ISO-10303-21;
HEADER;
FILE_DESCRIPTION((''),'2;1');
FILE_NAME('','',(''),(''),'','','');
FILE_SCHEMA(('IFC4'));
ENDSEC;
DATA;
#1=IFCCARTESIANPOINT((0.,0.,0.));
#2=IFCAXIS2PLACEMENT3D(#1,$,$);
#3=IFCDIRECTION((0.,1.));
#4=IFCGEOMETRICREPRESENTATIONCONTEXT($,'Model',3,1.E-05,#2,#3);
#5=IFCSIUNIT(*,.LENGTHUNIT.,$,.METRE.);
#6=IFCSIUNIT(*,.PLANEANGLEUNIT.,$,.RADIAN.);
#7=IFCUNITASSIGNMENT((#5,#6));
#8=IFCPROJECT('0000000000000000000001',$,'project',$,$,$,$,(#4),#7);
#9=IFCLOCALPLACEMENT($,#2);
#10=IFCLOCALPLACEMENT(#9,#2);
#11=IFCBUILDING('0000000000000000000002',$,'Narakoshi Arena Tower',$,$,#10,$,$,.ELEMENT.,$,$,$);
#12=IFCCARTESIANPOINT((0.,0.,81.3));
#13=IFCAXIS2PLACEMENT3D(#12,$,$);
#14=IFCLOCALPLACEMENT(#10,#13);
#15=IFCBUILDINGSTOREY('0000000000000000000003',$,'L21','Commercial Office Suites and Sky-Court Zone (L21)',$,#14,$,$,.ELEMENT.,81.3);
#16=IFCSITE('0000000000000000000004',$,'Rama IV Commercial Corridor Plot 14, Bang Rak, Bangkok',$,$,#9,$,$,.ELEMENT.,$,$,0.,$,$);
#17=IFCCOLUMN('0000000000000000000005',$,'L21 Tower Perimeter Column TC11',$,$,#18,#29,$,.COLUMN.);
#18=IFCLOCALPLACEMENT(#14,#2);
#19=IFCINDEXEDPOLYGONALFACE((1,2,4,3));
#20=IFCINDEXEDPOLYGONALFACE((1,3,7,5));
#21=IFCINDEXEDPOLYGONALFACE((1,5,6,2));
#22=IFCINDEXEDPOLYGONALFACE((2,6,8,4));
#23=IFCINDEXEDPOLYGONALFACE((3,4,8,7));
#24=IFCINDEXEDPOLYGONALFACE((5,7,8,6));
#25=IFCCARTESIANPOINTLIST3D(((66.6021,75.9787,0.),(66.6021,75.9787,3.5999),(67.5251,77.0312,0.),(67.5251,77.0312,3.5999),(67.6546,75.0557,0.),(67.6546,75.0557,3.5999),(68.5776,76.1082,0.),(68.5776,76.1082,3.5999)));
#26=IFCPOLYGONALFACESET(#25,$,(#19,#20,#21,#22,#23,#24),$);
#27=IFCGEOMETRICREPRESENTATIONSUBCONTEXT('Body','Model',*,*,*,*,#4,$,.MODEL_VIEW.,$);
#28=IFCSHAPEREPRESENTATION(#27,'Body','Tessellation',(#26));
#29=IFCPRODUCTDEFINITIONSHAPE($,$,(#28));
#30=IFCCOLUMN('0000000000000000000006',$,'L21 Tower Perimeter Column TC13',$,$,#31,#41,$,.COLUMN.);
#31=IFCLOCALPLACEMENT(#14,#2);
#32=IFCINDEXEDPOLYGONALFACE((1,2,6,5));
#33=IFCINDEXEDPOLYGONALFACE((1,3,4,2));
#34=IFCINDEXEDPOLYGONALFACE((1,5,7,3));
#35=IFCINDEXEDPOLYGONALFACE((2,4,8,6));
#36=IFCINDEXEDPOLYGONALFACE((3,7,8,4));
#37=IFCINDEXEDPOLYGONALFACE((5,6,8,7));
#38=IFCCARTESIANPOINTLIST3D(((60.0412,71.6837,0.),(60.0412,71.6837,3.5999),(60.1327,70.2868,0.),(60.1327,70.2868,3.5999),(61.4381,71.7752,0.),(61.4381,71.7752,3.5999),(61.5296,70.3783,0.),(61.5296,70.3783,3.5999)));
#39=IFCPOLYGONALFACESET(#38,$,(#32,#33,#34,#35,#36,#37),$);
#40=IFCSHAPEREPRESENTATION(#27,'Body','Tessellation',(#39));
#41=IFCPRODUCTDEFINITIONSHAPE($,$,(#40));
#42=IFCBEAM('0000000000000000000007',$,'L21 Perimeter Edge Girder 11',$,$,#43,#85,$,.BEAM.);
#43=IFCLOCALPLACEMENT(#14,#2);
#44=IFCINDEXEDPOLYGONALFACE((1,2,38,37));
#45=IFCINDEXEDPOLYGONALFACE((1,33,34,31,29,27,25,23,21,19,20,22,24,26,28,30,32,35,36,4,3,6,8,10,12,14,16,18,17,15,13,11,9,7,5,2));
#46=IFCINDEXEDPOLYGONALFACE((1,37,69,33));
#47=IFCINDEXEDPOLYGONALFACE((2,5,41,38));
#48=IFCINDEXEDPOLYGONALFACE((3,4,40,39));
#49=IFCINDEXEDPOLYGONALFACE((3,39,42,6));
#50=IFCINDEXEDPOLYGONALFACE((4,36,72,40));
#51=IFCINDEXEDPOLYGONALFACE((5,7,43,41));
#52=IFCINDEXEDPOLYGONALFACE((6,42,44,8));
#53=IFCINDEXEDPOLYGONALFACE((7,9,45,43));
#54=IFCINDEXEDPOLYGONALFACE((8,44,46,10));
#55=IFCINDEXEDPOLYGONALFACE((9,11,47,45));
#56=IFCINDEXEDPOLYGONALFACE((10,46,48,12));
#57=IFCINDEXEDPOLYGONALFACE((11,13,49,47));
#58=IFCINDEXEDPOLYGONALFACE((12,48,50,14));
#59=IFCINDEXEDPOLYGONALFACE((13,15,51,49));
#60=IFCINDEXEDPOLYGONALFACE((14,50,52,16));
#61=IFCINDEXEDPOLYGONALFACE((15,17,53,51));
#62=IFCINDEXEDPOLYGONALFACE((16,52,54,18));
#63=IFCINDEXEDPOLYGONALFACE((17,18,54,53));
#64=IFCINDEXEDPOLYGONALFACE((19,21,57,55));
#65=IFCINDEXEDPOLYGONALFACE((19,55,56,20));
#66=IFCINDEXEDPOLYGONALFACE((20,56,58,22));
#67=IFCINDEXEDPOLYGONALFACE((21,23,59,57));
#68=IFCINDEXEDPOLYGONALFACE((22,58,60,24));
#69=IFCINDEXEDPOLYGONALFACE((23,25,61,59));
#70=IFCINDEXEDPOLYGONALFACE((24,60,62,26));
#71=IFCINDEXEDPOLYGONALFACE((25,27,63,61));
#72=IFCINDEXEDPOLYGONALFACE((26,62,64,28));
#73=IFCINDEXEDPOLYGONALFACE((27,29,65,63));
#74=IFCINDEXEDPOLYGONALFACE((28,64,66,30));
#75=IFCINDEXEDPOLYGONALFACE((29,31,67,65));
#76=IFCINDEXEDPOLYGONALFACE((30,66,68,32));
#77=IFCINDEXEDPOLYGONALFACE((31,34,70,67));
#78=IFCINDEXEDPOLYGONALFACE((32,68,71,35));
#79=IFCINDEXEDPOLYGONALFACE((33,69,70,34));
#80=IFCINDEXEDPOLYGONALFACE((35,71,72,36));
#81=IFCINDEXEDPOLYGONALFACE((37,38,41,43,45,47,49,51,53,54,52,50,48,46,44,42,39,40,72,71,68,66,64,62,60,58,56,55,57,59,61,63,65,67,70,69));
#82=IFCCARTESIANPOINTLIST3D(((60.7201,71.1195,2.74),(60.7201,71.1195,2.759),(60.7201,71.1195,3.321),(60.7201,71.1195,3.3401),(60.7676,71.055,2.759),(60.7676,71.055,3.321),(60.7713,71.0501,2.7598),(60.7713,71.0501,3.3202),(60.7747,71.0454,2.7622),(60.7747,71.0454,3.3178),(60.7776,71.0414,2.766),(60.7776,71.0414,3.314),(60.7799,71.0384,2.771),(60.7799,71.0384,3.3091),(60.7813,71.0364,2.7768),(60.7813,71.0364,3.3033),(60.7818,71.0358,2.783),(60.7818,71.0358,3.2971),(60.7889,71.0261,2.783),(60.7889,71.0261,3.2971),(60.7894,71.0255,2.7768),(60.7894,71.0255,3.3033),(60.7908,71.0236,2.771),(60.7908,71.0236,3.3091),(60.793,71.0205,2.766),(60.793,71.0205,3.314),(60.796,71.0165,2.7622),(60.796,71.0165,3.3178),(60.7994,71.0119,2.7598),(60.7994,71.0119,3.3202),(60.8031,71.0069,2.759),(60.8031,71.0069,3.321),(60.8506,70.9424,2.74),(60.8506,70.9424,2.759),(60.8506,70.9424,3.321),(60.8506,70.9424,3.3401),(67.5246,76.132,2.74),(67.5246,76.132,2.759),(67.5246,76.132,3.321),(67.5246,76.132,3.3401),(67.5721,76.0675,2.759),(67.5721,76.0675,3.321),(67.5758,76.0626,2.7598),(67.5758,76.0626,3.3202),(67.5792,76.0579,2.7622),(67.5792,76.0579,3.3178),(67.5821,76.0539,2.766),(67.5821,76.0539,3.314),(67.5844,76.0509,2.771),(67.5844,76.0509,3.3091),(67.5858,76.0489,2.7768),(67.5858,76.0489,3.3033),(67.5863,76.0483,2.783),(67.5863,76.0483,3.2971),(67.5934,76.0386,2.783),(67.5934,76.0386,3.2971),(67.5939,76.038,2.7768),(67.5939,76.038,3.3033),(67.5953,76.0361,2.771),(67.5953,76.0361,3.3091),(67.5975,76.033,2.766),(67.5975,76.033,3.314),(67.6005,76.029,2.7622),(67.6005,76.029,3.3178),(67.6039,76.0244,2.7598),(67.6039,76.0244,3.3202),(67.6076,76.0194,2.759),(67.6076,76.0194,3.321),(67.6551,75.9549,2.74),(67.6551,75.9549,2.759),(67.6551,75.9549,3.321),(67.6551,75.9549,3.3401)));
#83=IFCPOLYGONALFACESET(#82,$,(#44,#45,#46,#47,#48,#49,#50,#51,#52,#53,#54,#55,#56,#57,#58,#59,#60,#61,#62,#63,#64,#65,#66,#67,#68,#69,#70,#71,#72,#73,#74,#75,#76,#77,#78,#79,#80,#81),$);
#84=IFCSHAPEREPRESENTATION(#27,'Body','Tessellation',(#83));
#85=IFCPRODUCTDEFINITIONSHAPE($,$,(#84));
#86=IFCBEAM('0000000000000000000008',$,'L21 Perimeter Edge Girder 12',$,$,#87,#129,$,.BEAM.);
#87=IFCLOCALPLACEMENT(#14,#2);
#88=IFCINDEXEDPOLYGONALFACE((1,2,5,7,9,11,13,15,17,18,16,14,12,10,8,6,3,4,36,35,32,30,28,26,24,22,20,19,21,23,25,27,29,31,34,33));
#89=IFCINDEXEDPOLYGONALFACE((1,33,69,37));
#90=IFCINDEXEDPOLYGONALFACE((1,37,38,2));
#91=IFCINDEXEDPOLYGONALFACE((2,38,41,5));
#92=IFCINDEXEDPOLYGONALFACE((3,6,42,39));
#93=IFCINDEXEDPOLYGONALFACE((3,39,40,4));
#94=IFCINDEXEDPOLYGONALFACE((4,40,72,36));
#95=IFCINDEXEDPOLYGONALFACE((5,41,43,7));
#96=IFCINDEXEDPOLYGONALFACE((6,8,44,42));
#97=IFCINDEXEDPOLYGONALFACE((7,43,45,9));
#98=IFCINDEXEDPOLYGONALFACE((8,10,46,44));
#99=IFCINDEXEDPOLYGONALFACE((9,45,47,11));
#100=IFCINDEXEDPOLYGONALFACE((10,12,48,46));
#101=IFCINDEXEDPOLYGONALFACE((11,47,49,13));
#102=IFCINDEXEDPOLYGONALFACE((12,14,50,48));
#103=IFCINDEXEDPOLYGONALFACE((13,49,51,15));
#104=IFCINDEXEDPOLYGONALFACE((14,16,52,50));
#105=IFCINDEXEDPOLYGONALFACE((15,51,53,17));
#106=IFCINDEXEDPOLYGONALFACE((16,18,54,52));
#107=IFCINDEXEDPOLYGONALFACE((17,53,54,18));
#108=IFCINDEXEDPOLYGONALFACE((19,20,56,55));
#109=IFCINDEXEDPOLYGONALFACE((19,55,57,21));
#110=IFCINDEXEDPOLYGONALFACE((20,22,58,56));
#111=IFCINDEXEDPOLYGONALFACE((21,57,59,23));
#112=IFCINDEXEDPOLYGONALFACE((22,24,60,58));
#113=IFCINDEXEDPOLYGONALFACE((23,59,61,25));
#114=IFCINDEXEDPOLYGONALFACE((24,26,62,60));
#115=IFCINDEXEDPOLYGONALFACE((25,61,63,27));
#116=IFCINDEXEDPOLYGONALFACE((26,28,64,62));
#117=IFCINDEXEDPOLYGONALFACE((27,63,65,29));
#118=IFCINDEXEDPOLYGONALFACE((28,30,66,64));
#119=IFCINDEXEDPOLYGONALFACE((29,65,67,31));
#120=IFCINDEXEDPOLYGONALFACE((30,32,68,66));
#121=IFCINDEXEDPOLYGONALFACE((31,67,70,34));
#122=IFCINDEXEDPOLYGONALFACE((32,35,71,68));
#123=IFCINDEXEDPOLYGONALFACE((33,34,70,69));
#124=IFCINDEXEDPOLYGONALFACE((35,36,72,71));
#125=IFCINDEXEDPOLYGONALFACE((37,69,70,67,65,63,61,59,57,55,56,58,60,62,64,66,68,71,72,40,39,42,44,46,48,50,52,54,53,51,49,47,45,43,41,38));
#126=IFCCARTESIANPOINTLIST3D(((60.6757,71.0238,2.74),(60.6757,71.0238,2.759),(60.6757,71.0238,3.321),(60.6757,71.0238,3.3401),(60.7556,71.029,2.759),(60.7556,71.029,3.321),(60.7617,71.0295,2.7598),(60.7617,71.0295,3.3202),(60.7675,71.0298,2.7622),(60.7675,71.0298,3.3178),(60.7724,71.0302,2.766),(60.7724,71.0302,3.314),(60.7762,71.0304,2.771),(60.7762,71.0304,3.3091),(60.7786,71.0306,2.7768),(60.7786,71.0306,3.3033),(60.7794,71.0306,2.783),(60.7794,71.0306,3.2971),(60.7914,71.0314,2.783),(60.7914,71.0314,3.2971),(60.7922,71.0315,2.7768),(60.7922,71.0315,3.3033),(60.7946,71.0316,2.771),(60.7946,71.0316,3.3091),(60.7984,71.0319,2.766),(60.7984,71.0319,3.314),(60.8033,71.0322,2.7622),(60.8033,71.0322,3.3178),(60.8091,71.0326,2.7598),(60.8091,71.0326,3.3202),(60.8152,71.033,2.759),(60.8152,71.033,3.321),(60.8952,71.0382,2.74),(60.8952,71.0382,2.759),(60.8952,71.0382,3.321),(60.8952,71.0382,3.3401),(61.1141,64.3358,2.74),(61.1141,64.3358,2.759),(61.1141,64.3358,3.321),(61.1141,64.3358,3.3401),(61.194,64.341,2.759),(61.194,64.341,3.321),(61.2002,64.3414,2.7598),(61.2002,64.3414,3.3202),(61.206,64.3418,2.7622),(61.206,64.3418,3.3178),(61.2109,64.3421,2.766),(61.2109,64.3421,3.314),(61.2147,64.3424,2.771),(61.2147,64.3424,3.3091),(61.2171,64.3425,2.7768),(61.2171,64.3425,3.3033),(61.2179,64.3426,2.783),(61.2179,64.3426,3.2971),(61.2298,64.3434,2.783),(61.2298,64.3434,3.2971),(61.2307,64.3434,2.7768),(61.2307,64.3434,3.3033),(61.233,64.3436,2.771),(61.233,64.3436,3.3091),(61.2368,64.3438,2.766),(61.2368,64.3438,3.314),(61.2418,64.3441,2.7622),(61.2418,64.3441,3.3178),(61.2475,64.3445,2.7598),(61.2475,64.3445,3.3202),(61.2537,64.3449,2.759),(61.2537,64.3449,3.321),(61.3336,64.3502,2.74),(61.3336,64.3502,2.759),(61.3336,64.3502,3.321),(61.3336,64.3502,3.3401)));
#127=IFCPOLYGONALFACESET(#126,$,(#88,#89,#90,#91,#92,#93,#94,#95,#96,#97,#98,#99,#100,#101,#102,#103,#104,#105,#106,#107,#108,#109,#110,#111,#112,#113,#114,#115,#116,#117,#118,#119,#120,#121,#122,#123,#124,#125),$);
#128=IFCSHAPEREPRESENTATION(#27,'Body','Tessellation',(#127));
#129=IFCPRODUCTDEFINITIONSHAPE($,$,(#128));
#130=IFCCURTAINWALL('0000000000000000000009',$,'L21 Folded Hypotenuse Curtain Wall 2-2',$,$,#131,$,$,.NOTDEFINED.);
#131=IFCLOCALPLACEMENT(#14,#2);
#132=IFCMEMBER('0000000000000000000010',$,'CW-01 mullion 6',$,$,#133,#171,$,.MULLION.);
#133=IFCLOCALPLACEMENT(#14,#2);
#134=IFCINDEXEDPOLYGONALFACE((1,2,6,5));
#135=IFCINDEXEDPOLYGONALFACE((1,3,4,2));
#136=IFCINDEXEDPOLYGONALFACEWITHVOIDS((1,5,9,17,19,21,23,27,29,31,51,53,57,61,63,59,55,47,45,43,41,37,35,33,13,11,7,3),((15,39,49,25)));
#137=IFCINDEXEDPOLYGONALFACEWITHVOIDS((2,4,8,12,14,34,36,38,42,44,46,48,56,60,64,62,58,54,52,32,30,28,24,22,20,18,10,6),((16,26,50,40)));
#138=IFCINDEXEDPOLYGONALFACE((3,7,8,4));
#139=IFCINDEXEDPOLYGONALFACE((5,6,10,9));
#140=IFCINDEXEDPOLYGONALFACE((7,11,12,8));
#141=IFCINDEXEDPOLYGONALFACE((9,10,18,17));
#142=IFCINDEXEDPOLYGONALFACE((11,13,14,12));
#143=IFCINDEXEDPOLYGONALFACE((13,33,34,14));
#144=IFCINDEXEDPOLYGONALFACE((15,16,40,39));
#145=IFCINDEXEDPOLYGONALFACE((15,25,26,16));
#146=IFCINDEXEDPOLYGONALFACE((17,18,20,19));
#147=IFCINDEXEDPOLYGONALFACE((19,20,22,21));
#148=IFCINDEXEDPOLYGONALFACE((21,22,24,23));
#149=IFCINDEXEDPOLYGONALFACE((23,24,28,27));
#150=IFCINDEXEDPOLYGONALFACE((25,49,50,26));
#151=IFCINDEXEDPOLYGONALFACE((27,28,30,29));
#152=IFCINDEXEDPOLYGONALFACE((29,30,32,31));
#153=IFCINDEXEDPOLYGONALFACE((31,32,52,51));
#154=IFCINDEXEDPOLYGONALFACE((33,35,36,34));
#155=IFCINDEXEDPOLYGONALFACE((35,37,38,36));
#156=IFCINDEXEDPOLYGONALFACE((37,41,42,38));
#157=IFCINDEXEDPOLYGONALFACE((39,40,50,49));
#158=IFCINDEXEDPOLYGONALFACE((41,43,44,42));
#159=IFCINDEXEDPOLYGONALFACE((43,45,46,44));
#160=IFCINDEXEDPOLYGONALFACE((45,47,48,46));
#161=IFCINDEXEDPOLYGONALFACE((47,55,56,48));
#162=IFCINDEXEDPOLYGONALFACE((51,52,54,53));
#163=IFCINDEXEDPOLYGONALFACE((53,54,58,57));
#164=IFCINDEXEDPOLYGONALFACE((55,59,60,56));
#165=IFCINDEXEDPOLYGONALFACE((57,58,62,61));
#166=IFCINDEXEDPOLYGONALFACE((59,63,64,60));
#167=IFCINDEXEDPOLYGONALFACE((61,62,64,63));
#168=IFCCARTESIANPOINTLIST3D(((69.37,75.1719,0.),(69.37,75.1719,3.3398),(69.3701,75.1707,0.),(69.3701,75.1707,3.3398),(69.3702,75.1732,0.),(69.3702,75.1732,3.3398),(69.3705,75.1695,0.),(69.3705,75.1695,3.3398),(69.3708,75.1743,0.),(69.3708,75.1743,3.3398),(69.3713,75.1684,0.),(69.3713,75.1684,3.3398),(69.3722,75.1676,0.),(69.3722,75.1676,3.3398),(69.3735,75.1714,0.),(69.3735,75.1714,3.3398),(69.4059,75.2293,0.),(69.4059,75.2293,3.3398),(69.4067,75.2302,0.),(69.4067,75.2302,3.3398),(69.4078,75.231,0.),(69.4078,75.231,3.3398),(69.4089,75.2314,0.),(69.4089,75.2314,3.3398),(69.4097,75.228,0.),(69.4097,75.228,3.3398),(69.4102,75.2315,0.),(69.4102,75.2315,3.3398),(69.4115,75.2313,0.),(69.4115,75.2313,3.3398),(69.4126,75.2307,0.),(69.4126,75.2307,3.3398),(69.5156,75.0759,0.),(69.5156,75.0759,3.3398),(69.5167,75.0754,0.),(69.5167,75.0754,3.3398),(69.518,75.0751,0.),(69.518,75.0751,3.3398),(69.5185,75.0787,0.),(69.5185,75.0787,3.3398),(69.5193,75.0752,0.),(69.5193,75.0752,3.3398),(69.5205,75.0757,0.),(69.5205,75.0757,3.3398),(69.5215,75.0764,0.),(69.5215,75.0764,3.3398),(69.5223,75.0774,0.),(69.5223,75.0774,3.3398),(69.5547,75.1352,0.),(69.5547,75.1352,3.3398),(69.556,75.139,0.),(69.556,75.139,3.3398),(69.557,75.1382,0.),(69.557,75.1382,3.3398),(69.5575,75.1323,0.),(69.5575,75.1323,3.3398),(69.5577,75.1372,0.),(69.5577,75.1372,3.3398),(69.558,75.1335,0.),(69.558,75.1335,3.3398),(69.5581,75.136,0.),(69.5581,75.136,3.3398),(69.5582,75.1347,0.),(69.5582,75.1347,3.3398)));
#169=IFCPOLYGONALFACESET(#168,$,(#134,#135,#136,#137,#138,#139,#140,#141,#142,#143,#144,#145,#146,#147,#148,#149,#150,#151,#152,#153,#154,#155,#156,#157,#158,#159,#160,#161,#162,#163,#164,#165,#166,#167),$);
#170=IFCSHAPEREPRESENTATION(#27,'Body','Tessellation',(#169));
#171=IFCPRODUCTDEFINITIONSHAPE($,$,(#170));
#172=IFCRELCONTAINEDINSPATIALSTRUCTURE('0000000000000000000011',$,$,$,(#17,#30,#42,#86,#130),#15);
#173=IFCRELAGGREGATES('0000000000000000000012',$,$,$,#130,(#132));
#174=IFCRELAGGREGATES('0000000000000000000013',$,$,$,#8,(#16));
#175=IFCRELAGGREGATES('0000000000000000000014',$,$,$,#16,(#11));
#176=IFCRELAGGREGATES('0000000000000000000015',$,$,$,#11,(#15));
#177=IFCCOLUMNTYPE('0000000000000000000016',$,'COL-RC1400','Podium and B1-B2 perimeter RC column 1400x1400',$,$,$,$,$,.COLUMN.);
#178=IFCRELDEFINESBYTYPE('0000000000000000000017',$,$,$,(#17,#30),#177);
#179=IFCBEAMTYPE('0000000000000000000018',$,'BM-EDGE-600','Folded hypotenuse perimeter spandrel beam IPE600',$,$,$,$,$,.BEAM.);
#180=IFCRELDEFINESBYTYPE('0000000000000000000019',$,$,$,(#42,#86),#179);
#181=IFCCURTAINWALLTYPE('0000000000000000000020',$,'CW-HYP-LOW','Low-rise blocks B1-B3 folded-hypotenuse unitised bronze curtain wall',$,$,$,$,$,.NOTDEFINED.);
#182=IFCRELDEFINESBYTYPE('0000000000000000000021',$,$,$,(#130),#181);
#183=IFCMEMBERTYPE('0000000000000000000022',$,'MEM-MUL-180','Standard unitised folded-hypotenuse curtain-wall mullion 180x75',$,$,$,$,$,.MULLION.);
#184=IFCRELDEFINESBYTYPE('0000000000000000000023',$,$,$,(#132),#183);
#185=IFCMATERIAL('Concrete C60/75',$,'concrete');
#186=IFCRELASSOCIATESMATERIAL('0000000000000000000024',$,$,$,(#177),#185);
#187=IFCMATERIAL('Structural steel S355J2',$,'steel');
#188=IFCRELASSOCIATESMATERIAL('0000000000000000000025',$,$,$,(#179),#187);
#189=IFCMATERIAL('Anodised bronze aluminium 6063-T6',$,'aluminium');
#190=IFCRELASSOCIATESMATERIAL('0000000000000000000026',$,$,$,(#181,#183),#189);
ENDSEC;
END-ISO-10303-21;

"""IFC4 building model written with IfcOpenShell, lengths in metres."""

from ifc_helpers import new_model, si_unit, direction, frame, origin, origin_2d, place, context, subcontext, project, spatial, rectangle, hollow_rectangle, i_section, extrude, material, material_profile, profile_set, type_object, element, aggregate, save


model = new_model("IFC4")

# Units and contexts
model_context = context("Model", 3, precision=1e-05, world=origin(), true_north=direction((0.0, 1.0)))
body_context = subcontext(model_context, "Body", "Model", "MODEL_VIEW")
ifc_project = project(units=[si_unit("LENGTHUNIT", "METRE"), si_unit("PLANEANGLEUNIT", "RADIAN")], contexts=[model_context])

# Site, building, storey
site_placement = place(None, origin())
site = spatial("IfcSite", under=ifc_project, at=site_placement, Name="Rama IV Commercial Corridor Plot 14, Bang Rak, Bangkok", CompositionType="ELEMENT", RefElevation=0.0)
building_placement = place(site_placement, origin())
building = spatial("IfcBuilding", under=site, at=building_placement, Name="Narakoshi Arena Tower", CompositionType="ELEMENT")
storey_placement = place(building_placement, frame((0.0, 0.0, 81.3)))
storey = spatial("IfcBuildingStorey", under=building, at=storey_placement, Name="L21", Description="Commercial Office Suites and Sky-Court Zone (L21)", CompositionType="ELEMENT", Elevation=81.3)

# Columns
ifc_material_1 = material(Name="Concrete C60/75", Category="concrete")
ifc_material_profile_1 = material_profile(ifc_material_1, rectangle(XDim=1.3999, YDim=1.3999, at=origin_2d()), Name="RC1400x1400")
ifc_profile_set_1 = profile_set([ifc_material_profile_1], Name="Concrete C60/75")
column_type = type_object("IfcColumnType", Name="COL-RC1400", Description="Podium and B1-B2 perimeter RC column 1400x1400", PredefinedType="COLUMN", material=ifc_profile_set_1)
for number, where, z_axis, x_axis, name in (
    (1, (67.5898, 76.0435, 0.0), (0.0, 0.0, 1.0), (0.659346, 0.75184, 0.0), "L21 Tower Perimeter Column TC11"),
    (2, (60.7854, 71.031, 0.0), (0.0, 0.0, 1.0), (-0.065403, 0.997859, 0.0), "L21 Tower Perimeter Column TC13"),
):
    element("IfcColumn", number, at=place(storey_placement, frame(where, z_axis=z_axis, x_axis=x_axis)), inside=storey, type_object=column_type, Name=name, PredefinedType="COLUMN", context=body_context, shape_type="SweptSolid", body=[
        extrude(rectangle(XDim=1.3999, YDim=1.3999, at=origin_2d()), origin(), (0.0, 0.0, 1.0), 3.5999),
    ])

# Beams
ifc_material_2 = material(Name="Structural steel S355J2", Category="steel")
ifc_material_profile_2 = material_profile(ifc_material_2, i_section(OverallWidth=0.22, OverallDepth=0.6001, WebThickness=0.012, FlangeThickness=0.019, FilletRadius=0.0239, at=origin_2d()), Name="IPE600")
ifc_profile_set_2 = profile_set([ifc_material_profile_2], Name="Structural steel S355J2")
beam_type = type_object("IfcBeamType", Name="BM-EDGE-600", Description="Folded hypotenuse perimeter spandrel beam IPE600", PredefinedType="BEAM", material=ifc_profile_set_2)
beam_1_placement = place(storey_placement, frame((67.5898, 76.0435, 3.04), z_axis=(-0.805132, -0.593096, 0.0), x_axis=(0.593096, -0.805132, 0.0)))
element("IfcBeam", 3, at=beam_1_placement, inside=storey, type_object=beam_type, Name="L21 Perimeter Edge Girder 11", PredefinedType="BEAM", context=body_context, shape_type="SweptSolid", body=[
    extrude(i_section(OverallWidth=0.22, OverallDepth=0.6001, WebThickness=0.012, FlangeThickness=0.019, FilletRadius=0.0239, at=origin_2d()), origin(), (0.0, 0.0, 1.0), 8.4514),
])
beam_2_placement = place(storey_placement, frame((60.7854, 71.031, 3.04), z_axis=(0.065421, -0.997858, 0.0), x_axis=(0.997858, 0.065421, 0.0)))
element("IfcBeam", 4, at=beam_2_placement, inside=storey, type_object=beam_type, Name="L21 Perimeter Edge Girder 12", PredefinedType="BEAM", context=body_context, shape_type="SweptSolid", body=[
    extrude(i_section(OverallWidth=0.22, OverallDepth=0.6001, WebThickness=0.012, FlangeThickness=0.019, FilletRadius=0.0239, at=origin_2d()), origin(), (0.0, 0.0, 1.0), 6.7024),
])

# Curtain wall, member
ifc_material_3 = material(Name="Anodised bronze aluminium 6063-T6", Category="aluminium")
curtain_wall_type = type_object("IfcCurtainWallType", Name="CW-HYP-LOW", Description="Low-rise blocks B1-B3 folded-hypotenuse unitised bronze curtain wall", PredefinedType="NOTDEFINED", material=ifc_material_3)
curtain_wall_1_placement = place(storey_placement, origin())
curtain_wall_1 = element("IfcCurtainWall", 5, at=curtain_wall_1_placement, inside=storey, type_object=curtain_wall_type, Name="L21 Folded Hypotenuse Curtain Wall 2-2", PredefinedType="NOTDEFINED")
ifc_material_profile_3 = material_profile(ifc_material_3, hollow_rectangle(XDim=0.075, YDim=0.1799, WallThickness=0.0039, OuterFilletRadius=0.0049, at=origin_2d()), Name="MUL180x75x4")
ifc_profile_set_3 = profile_set([ifc_material_profile_3], Name="Anodised bronze aluminium 6063-T6")
member_type_1 = type_object("IfcMemberType", Name="MEM-MUL-180", Description="Standard unitised folded-hypotenuse curtain-wall mullion 180x75", PredefinedType="MULLION", material=ifc_profile_set_3)
member_1_placement = place(storey_placement, frame((69.4641, 75.1533, 0.0), z_axis=(0.0, 0.0, 1.0), x_axis=(-0.538829, -0.842415, 0.0)))
member_1 = element("IfcMember", 6, at=member_1_placement, type_object=member_type_1, Name="CW-01 mullion 6", PredefinedType="MULLION", context=body_context, shape_type="SweptSolid", body=[
    extrude(hollow_rectangle(XDim=0.075, YDim=0.1799, WallThickness=0.0039, OuterFilletRadius=0.0049, at=origin_2d()), origin(), (0.0, 0.0, 1.0), 3.3398),
])

aggregate(curtain_wall_1, [member_1])

save(model, "model.ifc")
